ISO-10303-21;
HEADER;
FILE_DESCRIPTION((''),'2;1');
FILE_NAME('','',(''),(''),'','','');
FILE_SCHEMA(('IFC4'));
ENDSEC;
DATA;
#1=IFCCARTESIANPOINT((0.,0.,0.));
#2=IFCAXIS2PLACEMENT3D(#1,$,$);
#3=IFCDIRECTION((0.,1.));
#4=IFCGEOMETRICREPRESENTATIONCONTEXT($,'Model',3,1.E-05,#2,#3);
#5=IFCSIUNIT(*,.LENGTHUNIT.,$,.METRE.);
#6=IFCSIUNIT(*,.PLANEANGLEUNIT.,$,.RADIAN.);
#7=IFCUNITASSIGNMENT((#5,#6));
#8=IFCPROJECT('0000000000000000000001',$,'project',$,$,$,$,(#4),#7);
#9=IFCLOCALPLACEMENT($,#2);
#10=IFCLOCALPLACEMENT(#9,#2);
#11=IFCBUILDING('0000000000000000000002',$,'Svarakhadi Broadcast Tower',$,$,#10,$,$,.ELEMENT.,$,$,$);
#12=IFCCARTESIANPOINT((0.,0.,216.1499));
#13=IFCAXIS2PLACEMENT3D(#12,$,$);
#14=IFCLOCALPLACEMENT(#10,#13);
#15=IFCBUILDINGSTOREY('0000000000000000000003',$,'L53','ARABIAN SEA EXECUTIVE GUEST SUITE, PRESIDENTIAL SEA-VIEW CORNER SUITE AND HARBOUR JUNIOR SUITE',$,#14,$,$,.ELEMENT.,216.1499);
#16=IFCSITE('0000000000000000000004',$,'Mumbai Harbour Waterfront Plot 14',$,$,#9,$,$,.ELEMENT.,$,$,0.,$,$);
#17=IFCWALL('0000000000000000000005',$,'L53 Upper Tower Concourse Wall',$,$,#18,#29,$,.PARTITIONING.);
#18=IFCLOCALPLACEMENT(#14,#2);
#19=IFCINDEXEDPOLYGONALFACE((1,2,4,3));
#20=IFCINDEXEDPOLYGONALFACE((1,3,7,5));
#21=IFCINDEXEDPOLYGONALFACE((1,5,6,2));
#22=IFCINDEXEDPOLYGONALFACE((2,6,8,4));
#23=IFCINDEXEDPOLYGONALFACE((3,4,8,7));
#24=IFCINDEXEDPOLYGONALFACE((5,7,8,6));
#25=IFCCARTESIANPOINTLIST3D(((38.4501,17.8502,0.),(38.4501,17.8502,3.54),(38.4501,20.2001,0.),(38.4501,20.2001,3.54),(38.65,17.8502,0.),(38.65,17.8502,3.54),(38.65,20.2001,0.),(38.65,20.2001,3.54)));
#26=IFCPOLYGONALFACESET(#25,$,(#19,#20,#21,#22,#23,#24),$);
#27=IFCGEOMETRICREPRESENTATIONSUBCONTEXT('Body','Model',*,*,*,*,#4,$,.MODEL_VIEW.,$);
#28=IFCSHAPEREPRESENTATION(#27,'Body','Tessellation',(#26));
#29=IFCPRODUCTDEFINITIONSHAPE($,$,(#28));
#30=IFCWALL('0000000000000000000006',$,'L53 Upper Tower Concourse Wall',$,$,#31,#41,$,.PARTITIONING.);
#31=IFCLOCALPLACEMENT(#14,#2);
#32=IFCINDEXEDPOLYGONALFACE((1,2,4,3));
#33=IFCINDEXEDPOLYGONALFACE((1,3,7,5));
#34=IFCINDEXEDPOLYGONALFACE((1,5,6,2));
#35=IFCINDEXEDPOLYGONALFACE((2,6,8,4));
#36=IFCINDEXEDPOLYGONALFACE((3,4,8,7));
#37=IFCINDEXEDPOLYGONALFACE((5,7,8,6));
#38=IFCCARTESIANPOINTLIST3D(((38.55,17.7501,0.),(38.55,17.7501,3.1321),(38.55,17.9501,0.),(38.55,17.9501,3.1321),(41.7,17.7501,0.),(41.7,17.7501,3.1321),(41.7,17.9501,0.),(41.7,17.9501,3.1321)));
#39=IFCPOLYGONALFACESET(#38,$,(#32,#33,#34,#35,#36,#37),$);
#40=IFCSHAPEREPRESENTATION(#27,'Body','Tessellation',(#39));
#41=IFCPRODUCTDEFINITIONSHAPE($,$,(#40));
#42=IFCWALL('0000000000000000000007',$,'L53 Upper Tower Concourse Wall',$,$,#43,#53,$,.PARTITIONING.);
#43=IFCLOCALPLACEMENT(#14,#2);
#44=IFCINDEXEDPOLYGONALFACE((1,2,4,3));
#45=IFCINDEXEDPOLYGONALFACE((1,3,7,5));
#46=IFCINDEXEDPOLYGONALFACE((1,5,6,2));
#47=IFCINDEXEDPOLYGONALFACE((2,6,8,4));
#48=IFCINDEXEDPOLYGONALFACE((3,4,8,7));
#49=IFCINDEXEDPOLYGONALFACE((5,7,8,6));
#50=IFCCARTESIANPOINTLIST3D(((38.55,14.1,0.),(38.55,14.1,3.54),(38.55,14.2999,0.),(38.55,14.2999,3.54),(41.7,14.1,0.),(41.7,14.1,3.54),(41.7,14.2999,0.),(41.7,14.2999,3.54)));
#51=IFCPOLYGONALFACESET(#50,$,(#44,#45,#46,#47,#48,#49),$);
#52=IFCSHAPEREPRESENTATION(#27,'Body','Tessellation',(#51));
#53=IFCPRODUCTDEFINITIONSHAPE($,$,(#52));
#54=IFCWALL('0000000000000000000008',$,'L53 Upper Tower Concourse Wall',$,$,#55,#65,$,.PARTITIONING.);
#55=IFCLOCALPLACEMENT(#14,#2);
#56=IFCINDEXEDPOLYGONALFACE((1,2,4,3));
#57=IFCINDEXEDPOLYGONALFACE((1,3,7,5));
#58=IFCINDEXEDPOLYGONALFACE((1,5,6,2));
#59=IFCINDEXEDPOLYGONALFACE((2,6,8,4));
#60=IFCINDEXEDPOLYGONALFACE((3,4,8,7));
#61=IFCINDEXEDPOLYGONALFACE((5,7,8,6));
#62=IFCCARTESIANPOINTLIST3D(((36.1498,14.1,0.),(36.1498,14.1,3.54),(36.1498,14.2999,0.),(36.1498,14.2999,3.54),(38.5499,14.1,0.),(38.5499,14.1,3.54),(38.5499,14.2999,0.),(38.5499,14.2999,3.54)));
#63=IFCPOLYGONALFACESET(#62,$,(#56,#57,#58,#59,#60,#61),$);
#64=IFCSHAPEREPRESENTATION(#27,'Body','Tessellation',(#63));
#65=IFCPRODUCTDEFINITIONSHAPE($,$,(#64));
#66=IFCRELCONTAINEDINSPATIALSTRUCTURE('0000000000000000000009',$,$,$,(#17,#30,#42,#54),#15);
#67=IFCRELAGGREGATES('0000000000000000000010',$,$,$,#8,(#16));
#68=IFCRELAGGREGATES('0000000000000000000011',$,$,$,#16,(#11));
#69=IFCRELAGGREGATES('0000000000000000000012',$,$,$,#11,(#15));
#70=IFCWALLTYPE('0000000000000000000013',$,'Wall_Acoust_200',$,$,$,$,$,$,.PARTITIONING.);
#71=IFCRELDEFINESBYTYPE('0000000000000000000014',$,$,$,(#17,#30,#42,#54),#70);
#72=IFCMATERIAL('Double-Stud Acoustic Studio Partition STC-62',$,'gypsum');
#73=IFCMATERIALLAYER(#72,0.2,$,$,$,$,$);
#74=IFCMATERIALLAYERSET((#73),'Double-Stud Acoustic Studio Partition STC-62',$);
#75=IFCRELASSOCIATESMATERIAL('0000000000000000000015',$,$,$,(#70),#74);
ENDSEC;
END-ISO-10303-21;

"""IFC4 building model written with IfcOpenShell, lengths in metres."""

from ifc_helpers import new_model, si_unit, direction, frame, frame_2d, origin, place, context, subcontext, project, spatial, rectangle, extrude, material, layer, layer_set, type_object, element, save


model = new_model("IFC4")

# Units and contexts
model_context = context("Model", 3, precision=1e-05, world=origin(), true_north=direction((0.0, 1.0)))
body_context = subcontext(model_context, "Body", "Model", "MODEL_VIEW")
ifc_project = project(units=[si_unit("LENGTHUNIT", "METRE"), si_unit("PLANEANGLEUNIT", "RADIAN")], contexts=[model_context])

# Site, building, storey
site_placement = place(None, origin())
site = spatial("IfcSite", under=ifc_project, at=site_placement, Name="Mumbai Harbour Waterfront Plot 14", CompositionType="ELEMENT", RefElevation=0.0)
building_placement = place(site_placement, origin())
building = spatial("IfcBuilding", under=site, at=building_placement, Name="Svarakhadi Broadcast Tower", CompositionType="ELEMENT")
storey_placement = place(building_placement, frame((0.0, 0.0, 216.1499)))
storey = spatial("IfcBuildingStorey", under=building, at=storey_placement, Name="L53", Description="ARABIAN SEA EXECUTIVE GUEST SUITE, PRESIDENTIAL SEA-VIEW CORNER SUITE AND HARBOUR JUNIOR SUITE", CompositionType="ELEMENT", Elevation=216.1499)

# Walls
ifc_material_1 = material(Name="Double-Stud Acoustic Studio Partition STC-62", Category="gypsum")
ifc_layer_1 = layer(ifc_material_1, 0.2)
ifc_layer_set_1 = layer_set([ifc_layer_1], Name="Double-Stud Acoustic Studio Partition STC-62")
wall_type = type_object("IfcWallType", Name="Wall_Acoust_200", PredefinedType="PARTITIONING", material=ifc_layer_set_1)
wall_1_placement = place(storey_placement, frame((38.55, 20.2, 0.0), z_axis=(0.0, 0.0, 1.0), x_axis=(0.0, -1.0, 0.0)))
element("IfcWall", 1, at=wall_1_placement, inside=storey, type_object=wall_type, Name="L53 Upper Tower Concourse Wall", PredefinedType="PARTITIONING", context=body_context, shape_type="SweptSolid", body=[
    extrude(rectangle(XDim=2.3499, YDim=0.2, at=frame_2d((1.1748, 0.0))), origin(), (0.0, 0.0, 1.0), 3.54),
])
wall_2_placement = place(storey_placement, frame((38.55, 17.8501, 0.0), z_axis=(0.0, 0.0, 1.0), x_axis=(1.0, 0.0, 0.0)))
element("IfcWall", 2, at=wall_2_placement, inside=storey, type_object=wall_type, Name="L53 Upper Tower Concourse Wall", PredefinedType="PARTITIONING", context=body_context, shape_type="SweptSolid", body=[
    extrude(rectangle(XDim=3.1499, YDim=0.2, at=frame_2d((1.575, 0.0))), origin(), (0.0, 0.0, 1.0), 3.1321),
])
wall_3_placement = place(storey_placement, frame((41.7, 14.2, 0.0), z_axis=(0.0, 0.0, 1.0), x_axis=(-1.0, 0.0, 0.0)))
element("IfcWall", 3, at=wall_3_placement, inside=storey, type_object=wall_type, Name="L53 Upper Tower Concourse Wall", PredefinedType="PARTITIONING", context=body_context, shape_type="SweptSolid", body=[
    extrude(rectangle(XDim=3.1499, YDim=0.2, at=frame_2d((1.575, 0.0))), origin(), (0.0, 0.0, 1.0), 3.54),
])
wall_4_placement = place(storey_placement, frame((38.55, 14.2, 0.0), z_axis=(0.0, 0.0, 1.0), x_axis=(-1.0, 0.0, 0.0)))
element("IfcWall", 4, at=wall_4_placement, inside=storey, type_object=wall_type, Name="L53 Upper Tower Concourse Wall", PredefinedType="PARTITIONING", context=body_context, shape_type="SweptSolid", body=[
    extrude(rectangle(XDim=2.4001, YDim=0.2, at=frame_2d((1.2002, 0.0))), origin(), (0.0, 0.0, 1.0), 3.54),
])

save(model, "model.ifc")
